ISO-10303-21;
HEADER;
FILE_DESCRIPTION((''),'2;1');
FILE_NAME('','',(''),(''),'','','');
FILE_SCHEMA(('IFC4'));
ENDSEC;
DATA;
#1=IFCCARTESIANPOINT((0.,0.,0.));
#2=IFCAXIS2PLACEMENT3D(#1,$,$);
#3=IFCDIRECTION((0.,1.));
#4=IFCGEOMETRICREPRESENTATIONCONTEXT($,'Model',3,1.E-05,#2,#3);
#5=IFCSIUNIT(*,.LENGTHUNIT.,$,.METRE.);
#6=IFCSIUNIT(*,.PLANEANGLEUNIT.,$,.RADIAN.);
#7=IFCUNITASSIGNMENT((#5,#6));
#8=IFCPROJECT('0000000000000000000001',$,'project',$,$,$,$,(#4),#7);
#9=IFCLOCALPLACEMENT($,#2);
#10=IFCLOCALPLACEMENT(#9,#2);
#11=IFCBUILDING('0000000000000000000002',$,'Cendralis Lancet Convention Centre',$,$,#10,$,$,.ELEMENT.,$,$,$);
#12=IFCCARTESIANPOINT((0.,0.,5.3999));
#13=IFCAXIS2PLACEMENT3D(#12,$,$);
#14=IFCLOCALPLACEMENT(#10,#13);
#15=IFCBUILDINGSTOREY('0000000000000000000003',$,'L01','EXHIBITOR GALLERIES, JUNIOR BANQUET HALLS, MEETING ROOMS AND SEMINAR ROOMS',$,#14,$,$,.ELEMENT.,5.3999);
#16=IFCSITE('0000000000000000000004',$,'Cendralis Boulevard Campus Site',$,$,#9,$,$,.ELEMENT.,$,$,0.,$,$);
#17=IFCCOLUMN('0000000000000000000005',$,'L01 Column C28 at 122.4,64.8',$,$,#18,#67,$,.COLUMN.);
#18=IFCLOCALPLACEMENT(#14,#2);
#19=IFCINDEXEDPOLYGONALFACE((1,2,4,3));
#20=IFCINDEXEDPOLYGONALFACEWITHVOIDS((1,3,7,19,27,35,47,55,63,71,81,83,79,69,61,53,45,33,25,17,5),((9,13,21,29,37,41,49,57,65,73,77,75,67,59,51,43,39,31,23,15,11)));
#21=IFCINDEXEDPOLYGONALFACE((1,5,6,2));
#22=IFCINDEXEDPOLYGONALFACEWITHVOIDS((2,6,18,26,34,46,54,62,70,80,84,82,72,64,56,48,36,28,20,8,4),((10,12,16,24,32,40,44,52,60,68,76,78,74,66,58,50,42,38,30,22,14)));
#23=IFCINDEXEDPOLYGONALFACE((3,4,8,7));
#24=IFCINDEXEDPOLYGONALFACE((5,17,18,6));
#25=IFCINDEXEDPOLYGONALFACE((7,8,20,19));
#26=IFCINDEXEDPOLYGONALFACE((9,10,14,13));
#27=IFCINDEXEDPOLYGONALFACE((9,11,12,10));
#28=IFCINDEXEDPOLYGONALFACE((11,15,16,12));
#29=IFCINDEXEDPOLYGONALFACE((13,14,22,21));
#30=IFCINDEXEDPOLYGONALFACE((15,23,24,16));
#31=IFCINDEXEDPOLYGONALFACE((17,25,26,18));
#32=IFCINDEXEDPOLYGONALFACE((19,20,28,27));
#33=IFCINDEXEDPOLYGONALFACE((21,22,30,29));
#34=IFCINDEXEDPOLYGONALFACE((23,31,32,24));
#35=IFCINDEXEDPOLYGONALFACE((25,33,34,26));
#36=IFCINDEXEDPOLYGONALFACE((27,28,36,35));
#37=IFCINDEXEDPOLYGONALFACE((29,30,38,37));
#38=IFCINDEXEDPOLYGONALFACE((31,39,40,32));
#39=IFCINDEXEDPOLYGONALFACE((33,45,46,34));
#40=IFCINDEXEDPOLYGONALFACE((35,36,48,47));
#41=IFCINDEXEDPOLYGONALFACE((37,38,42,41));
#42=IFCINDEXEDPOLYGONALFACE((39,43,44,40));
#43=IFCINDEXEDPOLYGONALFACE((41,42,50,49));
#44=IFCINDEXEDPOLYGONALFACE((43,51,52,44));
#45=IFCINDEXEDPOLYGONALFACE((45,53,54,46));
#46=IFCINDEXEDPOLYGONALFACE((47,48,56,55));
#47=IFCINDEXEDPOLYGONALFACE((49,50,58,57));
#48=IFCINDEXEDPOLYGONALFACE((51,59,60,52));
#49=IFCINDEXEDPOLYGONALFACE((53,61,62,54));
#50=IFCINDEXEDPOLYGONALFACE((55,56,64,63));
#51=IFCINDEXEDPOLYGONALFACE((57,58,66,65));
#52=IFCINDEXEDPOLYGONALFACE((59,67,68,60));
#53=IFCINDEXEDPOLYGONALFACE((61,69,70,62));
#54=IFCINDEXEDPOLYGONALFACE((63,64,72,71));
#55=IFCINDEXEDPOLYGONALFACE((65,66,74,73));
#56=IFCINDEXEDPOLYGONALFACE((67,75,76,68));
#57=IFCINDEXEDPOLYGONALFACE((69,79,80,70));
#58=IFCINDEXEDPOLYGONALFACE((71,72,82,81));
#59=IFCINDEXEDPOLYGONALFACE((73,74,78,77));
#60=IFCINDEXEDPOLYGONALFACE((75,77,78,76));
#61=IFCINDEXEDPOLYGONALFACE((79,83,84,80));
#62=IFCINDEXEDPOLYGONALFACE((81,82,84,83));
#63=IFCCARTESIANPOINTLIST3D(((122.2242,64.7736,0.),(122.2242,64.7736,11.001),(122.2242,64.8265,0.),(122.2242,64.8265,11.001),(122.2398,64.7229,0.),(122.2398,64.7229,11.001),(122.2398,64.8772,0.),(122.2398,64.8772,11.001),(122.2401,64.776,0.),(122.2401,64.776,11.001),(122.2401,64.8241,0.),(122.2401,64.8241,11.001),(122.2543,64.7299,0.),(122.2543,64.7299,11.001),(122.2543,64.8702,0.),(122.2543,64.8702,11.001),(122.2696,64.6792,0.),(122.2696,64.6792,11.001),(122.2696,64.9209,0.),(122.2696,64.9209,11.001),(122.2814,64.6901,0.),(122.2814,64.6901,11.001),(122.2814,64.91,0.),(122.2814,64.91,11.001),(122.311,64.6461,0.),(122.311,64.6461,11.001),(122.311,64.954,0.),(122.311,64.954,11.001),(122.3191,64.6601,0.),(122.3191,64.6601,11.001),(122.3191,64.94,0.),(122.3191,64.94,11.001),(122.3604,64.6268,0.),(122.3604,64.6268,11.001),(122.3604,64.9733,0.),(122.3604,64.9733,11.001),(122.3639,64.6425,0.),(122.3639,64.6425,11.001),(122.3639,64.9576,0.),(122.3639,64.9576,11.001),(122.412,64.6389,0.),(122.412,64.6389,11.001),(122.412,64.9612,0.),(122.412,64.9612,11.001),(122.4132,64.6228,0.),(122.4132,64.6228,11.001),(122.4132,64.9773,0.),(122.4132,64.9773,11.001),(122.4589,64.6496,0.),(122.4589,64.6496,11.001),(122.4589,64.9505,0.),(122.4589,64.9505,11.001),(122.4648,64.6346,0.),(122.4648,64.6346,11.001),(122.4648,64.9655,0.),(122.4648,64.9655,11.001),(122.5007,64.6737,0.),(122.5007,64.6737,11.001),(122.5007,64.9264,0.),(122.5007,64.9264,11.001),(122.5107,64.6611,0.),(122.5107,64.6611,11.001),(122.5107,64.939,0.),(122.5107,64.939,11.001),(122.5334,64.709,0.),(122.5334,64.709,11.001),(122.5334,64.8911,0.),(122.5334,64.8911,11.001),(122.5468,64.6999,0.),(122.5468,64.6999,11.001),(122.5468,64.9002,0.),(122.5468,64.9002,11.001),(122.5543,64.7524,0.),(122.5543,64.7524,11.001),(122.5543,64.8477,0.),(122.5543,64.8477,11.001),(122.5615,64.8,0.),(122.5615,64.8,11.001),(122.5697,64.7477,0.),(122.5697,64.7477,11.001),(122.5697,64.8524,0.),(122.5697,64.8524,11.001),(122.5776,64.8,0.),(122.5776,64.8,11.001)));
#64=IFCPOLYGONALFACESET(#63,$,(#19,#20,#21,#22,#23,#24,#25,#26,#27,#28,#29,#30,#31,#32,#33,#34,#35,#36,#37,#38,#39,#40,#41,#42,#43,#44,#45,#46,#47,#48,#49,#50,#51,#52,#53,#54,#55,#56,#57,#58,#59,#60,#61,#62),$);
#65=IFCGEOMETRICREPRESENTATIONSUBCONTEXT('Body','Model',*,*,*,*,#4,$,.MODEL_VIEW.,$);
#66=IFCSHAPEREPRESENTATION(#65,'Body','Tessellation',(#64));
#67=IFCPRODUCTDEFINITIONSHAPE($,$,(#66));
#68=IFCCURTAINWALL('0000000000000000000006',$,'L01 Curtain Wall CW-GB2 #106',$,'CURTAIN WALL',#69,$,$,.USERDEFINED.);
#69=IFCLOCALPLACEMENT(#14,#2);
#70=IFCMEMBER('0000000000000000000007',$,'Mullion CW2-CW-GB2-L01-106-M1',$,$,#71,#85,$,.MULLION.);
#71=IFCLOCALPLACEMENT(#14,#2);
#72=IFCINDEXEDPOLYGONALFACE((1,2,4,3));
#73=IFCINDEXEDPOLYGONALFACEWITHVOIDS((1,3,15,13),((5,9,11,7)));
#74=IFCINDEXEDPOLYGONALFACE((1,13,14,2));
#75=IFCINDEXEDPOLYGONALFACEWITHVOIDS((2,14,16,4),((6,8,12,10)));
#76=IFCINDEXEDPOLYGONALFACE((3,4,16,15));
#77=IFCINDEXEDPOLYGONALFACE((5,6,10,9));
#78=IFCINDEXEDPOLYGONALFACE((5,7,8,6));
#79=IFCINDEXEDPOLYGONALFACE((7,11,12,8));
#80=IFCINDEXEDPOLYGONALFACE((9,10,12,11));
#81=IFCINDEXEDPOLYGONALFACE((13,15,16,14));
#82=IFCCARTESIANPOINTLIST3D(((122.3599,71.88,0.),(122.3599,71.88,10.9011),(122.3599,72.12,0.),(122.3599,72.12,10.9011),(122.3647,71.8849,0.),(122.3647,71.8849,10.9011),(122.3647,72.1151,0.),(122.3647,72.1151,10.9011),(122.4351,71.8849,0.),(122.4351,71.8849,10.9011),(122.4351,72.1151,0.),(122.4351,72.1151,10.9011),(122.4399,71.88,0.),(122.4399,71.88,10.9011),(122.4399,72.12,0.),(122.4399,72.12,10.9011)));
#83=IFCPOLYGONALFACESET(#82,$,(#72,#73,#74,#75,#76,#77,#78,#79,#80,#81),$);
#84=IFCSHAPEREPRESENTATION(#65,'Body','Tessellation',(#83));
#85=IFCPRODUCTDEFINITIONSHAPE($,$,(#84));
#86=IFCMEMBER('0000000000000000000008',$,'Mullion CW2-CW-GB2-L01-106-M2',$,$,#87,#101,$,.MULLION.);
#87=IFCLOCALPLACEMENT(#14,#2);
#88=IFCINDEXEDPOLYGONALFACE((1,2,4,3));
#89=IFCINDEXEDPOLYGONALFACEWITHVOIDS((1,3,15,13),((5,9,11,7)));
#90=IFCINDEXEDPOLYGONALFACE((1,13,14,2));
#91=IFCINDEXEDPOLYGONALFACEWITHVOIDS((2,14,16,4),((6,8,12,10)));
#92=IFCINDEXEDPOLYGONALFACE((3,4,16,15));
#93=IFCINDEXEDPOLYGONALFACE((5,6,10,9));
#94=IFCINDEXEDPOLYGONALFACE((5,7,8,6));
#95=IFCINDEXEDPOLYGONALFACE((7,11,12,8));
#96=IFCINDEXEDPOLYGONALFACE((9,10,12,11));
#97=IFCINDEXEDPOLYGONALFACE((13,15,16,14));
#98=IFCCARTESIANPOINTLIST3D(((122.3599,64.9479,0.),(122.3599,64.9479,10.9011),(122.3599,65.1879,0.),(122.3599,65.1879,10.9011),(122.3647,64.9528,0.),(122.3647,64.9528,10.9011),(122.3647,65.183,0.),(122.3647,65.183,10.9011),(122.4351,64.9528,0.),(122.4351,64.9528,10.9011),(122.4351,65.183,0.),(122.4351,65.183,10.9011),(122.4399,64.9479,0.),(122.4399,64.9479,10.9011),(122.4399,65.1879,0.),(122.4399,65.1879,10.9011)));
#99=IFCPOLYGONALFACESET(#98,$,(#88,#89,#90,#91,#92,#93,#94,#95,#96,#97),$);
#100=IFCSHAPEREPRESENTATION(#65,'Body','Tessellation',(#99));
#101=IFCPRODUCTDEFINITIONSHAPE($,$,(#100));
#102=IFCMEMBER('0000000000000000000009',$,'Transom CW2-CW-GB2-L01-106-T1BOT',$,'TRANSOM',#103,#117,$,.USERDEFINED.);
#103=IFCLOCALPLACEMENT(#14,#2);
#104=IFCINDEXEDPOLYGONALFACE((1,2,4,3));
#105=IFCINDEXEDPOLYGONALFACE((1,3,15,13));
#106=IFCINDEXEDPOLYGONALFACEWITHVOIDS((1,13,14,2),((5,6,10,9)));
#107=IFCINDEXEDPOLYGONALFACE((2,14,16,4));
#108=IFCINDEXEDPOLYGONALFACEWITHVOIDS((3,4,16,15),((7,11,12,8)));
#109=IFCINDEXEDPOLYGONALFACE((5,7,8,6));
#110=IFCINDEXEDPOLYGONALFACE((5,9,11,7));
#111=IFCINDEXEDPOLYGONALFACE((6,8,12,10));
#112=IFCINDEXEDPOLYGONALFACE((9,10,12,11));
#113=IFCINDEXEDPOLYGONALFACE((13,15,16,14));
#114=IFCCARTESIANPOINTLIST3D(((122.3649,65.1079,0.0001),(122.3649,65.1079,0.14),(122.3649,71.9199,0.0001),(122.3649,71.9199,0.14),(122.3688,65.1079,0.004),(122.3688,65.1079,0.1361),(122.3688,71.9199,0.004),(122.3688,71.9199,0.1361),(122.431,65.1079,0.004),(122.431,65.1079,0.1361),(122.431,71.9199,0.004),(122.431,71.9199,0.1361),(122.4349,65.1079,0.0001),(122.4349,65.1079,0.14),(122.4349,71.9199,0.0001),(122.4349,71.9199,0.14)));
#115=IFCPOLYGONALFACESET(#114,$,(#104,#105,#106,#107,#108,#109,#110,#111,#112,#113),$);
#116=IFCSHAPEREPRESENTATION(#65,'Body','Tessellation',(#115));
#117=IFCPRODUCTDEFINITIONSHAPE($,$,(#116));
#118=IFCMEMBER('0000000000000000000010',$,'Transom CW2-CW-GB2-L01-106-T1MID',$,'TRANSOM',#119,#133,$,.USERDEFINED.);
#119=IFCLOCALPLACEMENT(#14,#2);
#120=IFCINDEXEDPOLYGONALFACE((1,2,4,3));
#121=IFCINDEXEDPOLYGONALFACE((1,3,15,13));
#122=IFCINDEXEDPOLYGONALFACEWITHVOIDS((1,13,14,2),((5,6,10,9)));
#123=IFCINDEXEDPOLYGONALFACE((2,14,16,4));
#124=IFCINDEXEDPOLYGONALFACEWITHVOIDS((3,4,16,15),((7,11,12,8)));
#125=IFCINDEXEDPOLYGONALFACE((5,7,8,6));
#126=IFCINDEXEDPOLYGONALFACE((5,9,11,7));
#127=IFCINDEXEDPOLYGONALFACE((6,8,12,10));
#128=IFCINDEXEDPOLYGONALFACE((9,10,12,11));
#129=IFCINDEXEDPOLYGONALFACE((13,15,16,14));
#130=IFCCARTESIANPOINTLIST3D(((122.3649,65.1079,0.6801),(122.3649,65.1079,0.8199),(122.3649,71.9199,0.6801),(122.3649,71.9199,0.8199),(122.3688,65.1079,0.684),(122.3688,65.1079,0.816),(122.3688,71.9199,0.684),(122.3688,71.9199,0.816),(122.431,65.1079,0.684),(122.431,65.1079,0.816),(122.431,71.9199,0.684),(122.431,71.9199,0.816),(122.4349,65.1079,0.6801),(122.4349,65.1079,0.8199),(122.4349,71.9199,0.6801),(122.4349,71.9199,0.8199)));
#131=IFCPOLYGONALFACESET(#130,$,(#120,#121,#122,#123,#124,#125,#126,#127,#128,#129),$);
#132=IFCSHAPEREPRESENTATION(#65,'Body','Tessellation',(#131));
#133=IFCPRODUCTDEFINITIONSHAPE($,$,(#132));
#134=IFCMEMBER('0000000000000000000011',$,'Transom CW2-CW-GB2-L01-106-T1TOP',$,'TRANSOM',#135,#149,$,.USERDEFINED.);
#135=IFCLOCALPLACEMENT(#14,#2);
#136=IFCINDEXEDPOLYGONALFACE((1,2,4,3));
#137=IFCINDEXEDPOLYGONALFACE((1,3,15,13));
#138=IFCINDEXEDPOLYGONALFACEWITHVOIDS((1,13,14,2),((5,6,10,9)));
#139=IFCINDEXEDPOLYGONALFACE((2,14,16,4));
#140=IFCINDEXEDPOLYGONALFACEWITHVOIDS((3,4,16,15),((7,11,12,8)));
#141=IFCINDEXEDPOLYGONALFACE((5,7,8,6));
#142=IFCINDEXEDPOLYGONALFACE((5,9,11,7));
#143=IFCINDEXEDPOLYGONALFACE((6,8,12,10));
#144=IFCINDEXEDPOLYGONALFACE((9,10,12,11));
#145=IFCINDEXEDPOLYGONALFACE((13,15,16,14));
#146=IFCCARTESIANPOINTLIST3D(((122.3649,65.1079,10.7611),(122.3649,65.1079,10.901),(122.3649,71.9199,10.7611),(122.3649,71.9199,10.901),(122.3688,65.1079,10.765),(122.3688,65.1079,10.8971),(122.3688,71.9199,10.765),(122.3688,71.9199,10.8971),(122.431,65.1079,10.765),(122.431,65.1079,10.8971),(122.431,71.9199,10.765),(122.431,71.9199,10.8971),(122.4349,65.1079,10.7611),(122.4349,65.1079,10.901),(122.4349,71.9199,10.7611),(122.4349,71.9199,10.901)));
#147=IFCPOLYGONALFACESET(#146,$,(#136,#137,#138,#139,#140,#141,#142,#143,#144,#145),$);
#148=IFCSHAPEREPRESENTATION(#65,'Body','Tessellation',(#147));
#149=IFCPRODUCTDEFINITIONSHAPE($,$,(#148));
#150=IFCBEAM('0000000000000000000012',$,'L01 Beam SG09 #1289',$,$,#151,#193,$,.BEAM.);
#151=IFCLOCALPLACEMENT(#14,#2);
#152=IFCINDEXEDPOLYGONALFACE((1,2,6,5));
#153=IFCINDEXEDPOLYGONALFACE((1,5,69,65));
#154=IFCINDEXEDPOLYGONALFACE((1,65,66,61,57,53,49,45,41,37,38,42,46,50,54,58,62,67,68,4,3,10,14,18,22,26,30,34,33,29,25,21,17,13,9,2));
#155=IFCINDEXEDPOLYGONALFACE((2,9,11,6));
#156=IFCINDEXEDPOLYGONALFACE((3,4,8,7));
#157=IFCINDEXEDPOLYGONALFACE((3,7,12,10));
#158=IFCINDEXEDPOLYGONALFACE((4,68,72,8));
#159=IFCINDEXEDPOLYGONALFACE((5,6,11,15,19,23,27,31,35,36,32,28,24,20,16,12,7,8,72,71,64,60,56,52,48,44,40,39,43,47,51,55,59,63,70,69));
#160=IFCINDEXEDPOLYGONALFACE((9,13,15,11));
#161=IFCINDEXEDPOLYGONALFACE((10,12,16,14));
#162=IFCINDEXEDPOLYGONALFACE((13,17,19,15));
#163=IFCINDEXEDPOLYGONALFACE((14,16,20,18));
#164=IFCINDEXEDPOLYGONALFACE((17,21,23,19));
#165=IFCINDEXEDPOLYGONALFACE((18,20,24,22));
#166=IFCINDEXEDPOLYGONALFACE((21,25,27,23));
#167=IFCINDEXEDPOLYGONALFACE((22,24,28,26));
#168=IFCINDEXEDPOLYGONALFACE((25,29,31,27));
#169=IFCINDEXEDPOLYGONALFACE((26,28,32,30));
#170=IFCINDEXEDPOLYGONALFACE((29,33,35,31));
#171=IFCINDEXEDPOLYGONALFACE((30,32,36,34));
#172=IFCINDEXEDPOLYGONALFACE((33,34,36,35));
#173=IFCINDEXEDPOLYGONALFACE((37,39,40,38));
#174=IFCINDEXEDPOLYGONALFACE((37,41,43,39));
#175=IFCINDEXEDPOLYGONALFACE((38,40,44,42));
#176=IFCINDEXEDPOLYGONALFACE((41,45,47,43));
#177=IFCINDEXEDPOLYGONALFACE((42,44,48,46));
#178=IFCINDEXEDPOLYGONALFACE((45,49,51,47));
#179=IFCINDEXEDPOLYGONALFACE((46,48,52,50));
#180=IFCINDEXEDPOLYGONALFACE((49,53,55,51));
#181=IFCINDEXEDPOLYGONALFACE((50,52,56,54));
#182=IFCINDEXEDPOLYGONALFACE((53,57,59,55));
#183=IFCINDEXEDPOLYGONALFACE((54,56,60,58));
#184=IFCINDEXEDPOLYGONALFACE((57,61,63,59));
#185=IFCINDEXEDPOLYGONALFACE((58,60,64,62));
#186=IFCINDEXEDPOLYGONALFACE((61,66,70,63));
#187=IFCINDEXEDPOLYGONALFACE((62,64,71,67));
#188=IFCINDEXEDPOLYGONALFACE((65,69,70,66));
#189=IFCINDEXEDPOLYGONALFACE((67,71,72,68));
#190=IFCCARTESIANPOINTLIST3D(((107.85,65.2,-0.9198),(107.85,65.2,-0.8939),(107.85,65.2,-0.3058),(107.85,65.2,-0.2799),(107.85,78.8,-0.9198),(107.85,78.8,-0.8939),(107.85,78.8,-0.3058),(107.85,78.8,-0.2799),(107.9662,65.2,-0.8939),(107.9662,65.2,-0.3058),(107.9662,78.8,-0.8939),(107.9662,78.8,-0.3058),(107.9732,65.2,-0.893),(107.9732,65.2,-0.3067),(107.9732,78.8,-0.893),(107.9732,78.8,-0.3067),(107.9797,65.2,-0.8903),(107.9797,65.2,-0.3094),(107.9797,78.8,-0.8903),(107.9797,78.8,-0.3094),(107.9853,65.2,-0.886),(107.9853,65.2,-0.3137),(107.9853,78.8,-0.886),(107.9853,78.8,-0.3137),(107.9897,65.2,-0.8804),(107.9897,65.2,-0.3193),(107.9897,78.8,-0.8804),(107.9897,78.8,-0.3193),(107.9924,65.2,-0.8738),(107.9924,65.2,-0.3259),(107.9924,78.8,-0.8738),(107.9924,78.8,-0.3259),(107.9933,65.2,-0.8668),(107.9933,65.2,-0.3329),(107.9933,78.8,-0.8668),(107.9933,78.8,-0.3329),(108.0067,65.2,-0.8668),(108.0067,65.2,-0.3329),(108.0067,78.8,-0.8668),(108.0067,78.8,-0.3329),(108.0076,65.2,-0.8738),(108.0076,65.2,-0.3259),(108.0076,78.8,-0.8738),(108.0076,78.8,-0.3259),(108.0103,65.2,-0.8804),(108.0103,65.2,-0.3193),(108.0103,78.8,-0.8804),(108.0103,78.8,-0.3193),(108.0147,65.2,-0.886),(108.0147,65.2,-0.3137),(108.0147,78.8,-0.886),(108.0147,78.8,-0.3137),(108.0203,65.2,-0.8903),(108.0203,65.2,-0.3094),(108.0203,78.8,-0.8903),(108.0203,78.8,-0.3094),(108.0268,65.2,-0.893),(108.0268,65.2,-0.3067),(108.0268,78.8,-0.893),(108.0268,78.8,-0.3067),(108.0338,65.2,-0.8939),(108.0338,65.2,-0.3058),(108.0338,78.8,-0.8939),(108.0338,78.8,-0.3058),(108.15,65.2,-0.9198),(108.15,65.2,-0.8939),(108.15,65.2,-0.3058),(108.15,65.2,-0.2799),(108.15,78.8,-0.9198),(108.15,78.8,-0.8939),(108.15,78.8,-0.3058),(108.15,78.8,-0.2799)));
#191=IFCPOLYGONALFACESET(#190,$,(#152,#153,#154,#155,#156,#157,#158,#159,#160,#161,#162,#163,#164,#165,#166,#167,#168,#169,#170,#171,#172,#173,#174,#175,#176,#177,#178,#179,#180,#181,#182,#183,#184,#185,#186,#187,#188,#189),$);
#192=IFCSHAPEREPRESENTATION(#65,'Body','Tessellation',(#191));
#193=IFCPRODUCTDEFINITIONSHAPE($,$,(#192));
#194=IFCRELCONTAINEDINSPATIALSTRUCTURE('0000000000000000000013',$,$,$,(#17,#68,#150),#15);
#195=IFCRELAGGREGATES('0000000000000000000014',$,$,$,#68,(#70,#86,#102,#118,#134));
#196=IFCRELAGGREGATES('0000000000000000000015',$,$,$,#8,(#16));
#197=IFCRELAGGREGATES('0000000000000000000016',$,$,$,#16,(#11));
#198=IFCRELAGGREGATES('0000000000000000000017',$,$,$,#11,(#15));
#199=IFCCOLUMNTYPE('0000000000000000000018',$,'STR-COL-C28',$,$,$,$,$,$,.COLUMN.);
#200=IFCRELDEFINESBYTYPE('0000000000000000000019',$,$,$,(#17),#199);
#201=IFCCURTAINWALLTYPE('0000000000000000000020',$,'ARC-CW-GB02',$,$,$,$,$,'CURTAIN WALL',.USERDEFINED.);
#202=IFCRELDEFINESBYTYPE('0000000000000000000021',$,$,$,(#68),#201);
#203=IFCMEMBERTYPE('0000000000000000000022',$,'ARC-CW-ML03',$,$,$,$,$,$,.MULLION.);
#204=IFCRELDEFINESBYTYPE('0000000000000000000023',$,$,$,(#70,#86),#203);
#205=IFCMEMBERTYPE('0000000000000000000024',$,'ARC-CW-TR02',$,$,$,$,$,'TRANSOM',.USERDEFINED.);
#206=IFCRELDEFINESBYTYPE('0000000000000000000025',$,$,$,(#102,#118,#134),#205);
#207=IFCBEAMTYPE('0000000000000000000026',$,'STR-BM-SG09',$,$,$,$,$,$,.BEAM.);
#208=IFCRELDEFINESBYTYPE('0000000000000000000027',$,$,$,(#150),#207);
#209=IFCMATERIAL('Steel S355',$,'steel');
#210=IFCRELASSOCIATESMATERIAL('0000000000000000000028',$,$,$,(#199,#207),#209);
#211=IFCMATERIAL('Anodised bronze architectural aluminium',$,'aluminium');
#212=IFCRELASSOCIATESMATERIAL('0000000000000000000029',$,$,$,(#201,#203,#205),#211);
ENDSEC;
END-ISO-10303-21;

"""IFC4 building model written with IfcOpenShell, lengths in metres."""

from ifc_helpers import new_model, si_unit, direction, frame, origin, origin_2d, place, context, subcontext, project, spatial, hollow_rectangle, hollow_circle, i_section, extrude, material, material_profile, profile_set, type_object, element, aggregate, save


model = new_model("IFC4")

# Units and contexts
model_context = context("Model", 3, precision=1e-05, world=origin(), true_north=direction((0.0, 1.0)))
body_context = subcontext(model_context, "Body", "Model", "MODEL_VIEW")
ifc_project = project(units=[si_unit("LENGTHUNIT", "METRE"), si_unit("PLANEANGLEUNIT", "RADIAN")], contexts=[model_context])

# Site, building, storey
site_placement = place(None, origin())
site = spatial("IfcSite", under=ifc_project, at=site_placement, Name="Cendralis Boulevard Campus Site", CompositionType="ELEMENT", RefElevation=0.0)
building_placement = place(site_placement, origin())
building = spatial("IfcBuilding", under=site, at=building_placement, Name="Cendralis Lancet Convention Centre", CompositionType="ELEMENT")
storey_placement = place(building_placement, frame((0.0, 0.0, 5.3999)))
storey = spatial("IfcBuildingStorey", under=building, at=storey_placement, Name="L01", Description="EXHIBITOR GALLERIES, JUNIOR BANQUET HALLS, MEETING ROOMS AND SEMINAR ROOMS", CompositionType="ELEMENT", Elevation=5.3999)

# Column
ifc_material_1 = material(Name="Steel S355", Category="steel")
ifc_material_profile_1 = material_profile(ifc_material_1, hollow_circle(Radius=0.1777, WallThickness=0.0161, at=origin_2d()), Name="CHS 355.6x16.0")
ifc_profile_set_1 = profile_set([ifc_material_profile_1], Name="Steel S355")
column_type = type_object("IfcColumnType", Name="STR-COL-C28", PredefinedType="COLUMN", material=ifc_profile_set_1)
column_placement = place(storey_placement, frame((122.3999, 64.8, 0.0), z_axis=(0.0, 0.0, 1.0), x_axis=(1.0, 0.0, 0.0)))
element("IfcColumn", 1, at=column_placement, inside=storey, type_object=column_type, Name="L01 Column C28 at 122.4,64.8", PredefinedType="COLUMN", context=body_context, shape_type="SweptSolid", body=[
    extrude(hollow_circle(Radius=0.1777, WallThickness=0.0161, at=origin_2d()), origin(), (0.0, 0.0, 1.0), 11.001),
])

# Curtain wall, members
ifc_material_2 = material(Name="Anodised bronze architectural aluminium", Category="aluminium")
curtain_wall_type = type_object("IfcCurtainWallType", Name="ARC-CW-GB02", ElementType="CURTAIN WALL", PredefinedType="USERDEFINED", material=ifc_material_2)
curtain_wall_placement = place(storey_placement, origin())
curtain_wall = element("IfcCurtainWall", 2, at=curtain_wall_placement, inside=storey, type_object=curtain_wall_type, Name="L01 Curtain Wall CW-GB2 #106", ObjectType="CURTAIN WALL", PredefinedType="USERDEFINED")
ifc_material_profile_2 = material_profile(ifc_material_2, hollow_rectangle(XDim=0.0801, YDim=0.24, WallThickness=0.0049, at=origin_2d()), Name="AL-MULL 80x240x5.0")
ifc_profile_set_2 = profile_set([ifc_material_profile_2], Name="Anodised bronze architectural aluminium")
member_type_1 = type_object("IfcMemberType", Name="ARC-CW-ML03", PredefinedType="MULLION", material=ifc_profile_set_2)
member_1_placement = place(storey_placement, frame((122.3999, 72.0, 0.0), z_axis=(0.0, 0.0, 1.0), x_axis=(1.0, 0.0, 0.0)))
member_1 = element("IfcMember", 3, at=member_1_placement, type_object=member_type_1, Name="Mullion CW2-CW-GB2-L01-106-M1", PredefinedType="MULLION", context=body_context, shape_type="SweptSolid", body=[
    extrude(hollow_rectangle(XDim=0.0801, YDim=0.24, WallThickness=0.0049, at=origin_2d()), origin(), (0.0, 0.0, 1.0), 10.9011),
])
member_2_placement = place(storey_placement, frame((122.3999, 65.0679, 0.0), z_axis=(0.0, 0.0, 1.0), x_axis=(1.0, 0.0, 0.0)))
member_2 = element("IfcMember", 4, at=member_2_placement, type_object=member_type_1, Name="Mullion CW2-CW-GB2-L01-106-M2", PredefinedType="MULLION", context=body_context, shape_type="SweptSolid", body=[
    extrude(hollow_rectangle(XDim=0.0801, YDim=0.24, WallThickness=0.0049, at=origin_2d()), origin(), (0.0, 0.0, 1.0), 10.9011),
])
ifc_material_profile_3 = material_profile(ifc_material_2, hollow_rectangle(XDim=0.0701, YDim=0.1399, WallThickness=0.0039, at=origin_2d()), Name="AL-TRAN 70x140x4.0")
ifc_profile_set_3 = profile_set([ifc_material_profile_3], Name="Anodised bronze architectural aluminium")
member_type_2 = type_object("IfcMemberType", Name="ARC-CW-TR02", ElementType="TRANSOM", PredefinedType="USERDEFINED", material=ifc_profile_set_3)
member_3_placement = place(storey_placement, frame((122.3999, 71.9199, 0.0701), z_axis=(0.0, -1.0, 0.0), x_axis=(1.0, 0.0, 0.0)))
member_3 = element("IfcMember", 5, at=member_3_placement, type_object=member_type_2, Name="Transom CW2-CW-GB2-L01-106-T1BOT", ObjectType="TRANSOM", PredefinedType="USERDEFINED", context=body_context, shape_type="SweptSolid", body=[
    extrude(hollow_rectangle(XDim=0.0701, YDim=0.1399, WallThickness=0.0039, at=origin_2d()), origin(), (0.0, 0.0, 1.0), 6.812),
])
member_4_placement = place(storey_placement, frame((122.3999, 71.9199, 0.75), z_axis=(0.0, -1.0, 0.0), x_axis=(1.0, 0.0, 0.0)))
member_4 = element("IfcMember", 6, at=member_4_placement, type_object=member_type_2, Name="Transom CW2-CW-GB2-L01-106-T1MID", ObjectType="TRANSOM", PredefinedType="USERDEFINED", context=body_context, shape_type="SweptSolid", body=[
    extrude(hollow_rectangle(XDim=0.0701, YDim=0.1399, WallThickness=0.0039, at=origin_2d()), origin(), (0.0, 0.0, 1.0), 6.812),
])
member_5_placement = place(storey_placement, frame((122.3999, 71.9199, 10.8311), z_axis=(0.0, -1.0, 0.0), x_axis=(1.0, 0.0, 0.0)))
member_5 = element("IfcMember", 7, at=member_5_placement, type_object=member_type_2, Name="Transom CW2-CW-GB2-L01-106-T1TOP", ObjectType="TRANSOM", PredefinedType="USERDEFINED", context=body_context, shape_type="SweptSolid", body=[
    extrude(hollow_rectangle(XDim=0.0701, YDim=0.1399, WallThickness=0.0039, at=origin_2d()), origin(), (0.0, 0.0, 1.0), 6.812),
])

# Beam
ifc_material_profile_4 = material_profile(ifc_material_1, i_section(OverallWidth=0.3, OverallDepth=0.6399, WebThickness=0.0134, FlangeThickness=0.0259, FilletRadius=0.0271, at=origin_2d()), Name="HEA 650")
ifc_profile_set_4 = profile_set([ifc_material_profile_4], Name="Steel S355")
beam_type_1 = type_object("IfcBeamType", Name="STR-BM-SG09", PredefinedType="BEAM", material=ifc_profile_set_4)
beam_1_placement = place(storey_placement, frame((108.0, 65.2, -0.5999), z_axis=(0.0, 1.0, 0.0), x_axis=(-1.0, 0.0, 0.0)))
element("IfcBeam", 8, at=beam_1_placement, inside=storey, type_object=beam_type_1, Name="L01 Beam SG09 #1289", PredefinedType="BEAM", context=body_context, shape_type="SweptSolid", body=[
    extrude(i_section(OverallWidth=0.3, OverallDepth=0.6399, WebThickness=0.0134, FlangeThickness=0.0259, FilletRadius=0.0271, at=origin_2d()), origin(), (0.0, 0.0, 1.0), 13.6001),
])

aggregate(curtain_wall, [member_1, member_2, member_3, member_4, member_5])

save(model, "model.ifc")
